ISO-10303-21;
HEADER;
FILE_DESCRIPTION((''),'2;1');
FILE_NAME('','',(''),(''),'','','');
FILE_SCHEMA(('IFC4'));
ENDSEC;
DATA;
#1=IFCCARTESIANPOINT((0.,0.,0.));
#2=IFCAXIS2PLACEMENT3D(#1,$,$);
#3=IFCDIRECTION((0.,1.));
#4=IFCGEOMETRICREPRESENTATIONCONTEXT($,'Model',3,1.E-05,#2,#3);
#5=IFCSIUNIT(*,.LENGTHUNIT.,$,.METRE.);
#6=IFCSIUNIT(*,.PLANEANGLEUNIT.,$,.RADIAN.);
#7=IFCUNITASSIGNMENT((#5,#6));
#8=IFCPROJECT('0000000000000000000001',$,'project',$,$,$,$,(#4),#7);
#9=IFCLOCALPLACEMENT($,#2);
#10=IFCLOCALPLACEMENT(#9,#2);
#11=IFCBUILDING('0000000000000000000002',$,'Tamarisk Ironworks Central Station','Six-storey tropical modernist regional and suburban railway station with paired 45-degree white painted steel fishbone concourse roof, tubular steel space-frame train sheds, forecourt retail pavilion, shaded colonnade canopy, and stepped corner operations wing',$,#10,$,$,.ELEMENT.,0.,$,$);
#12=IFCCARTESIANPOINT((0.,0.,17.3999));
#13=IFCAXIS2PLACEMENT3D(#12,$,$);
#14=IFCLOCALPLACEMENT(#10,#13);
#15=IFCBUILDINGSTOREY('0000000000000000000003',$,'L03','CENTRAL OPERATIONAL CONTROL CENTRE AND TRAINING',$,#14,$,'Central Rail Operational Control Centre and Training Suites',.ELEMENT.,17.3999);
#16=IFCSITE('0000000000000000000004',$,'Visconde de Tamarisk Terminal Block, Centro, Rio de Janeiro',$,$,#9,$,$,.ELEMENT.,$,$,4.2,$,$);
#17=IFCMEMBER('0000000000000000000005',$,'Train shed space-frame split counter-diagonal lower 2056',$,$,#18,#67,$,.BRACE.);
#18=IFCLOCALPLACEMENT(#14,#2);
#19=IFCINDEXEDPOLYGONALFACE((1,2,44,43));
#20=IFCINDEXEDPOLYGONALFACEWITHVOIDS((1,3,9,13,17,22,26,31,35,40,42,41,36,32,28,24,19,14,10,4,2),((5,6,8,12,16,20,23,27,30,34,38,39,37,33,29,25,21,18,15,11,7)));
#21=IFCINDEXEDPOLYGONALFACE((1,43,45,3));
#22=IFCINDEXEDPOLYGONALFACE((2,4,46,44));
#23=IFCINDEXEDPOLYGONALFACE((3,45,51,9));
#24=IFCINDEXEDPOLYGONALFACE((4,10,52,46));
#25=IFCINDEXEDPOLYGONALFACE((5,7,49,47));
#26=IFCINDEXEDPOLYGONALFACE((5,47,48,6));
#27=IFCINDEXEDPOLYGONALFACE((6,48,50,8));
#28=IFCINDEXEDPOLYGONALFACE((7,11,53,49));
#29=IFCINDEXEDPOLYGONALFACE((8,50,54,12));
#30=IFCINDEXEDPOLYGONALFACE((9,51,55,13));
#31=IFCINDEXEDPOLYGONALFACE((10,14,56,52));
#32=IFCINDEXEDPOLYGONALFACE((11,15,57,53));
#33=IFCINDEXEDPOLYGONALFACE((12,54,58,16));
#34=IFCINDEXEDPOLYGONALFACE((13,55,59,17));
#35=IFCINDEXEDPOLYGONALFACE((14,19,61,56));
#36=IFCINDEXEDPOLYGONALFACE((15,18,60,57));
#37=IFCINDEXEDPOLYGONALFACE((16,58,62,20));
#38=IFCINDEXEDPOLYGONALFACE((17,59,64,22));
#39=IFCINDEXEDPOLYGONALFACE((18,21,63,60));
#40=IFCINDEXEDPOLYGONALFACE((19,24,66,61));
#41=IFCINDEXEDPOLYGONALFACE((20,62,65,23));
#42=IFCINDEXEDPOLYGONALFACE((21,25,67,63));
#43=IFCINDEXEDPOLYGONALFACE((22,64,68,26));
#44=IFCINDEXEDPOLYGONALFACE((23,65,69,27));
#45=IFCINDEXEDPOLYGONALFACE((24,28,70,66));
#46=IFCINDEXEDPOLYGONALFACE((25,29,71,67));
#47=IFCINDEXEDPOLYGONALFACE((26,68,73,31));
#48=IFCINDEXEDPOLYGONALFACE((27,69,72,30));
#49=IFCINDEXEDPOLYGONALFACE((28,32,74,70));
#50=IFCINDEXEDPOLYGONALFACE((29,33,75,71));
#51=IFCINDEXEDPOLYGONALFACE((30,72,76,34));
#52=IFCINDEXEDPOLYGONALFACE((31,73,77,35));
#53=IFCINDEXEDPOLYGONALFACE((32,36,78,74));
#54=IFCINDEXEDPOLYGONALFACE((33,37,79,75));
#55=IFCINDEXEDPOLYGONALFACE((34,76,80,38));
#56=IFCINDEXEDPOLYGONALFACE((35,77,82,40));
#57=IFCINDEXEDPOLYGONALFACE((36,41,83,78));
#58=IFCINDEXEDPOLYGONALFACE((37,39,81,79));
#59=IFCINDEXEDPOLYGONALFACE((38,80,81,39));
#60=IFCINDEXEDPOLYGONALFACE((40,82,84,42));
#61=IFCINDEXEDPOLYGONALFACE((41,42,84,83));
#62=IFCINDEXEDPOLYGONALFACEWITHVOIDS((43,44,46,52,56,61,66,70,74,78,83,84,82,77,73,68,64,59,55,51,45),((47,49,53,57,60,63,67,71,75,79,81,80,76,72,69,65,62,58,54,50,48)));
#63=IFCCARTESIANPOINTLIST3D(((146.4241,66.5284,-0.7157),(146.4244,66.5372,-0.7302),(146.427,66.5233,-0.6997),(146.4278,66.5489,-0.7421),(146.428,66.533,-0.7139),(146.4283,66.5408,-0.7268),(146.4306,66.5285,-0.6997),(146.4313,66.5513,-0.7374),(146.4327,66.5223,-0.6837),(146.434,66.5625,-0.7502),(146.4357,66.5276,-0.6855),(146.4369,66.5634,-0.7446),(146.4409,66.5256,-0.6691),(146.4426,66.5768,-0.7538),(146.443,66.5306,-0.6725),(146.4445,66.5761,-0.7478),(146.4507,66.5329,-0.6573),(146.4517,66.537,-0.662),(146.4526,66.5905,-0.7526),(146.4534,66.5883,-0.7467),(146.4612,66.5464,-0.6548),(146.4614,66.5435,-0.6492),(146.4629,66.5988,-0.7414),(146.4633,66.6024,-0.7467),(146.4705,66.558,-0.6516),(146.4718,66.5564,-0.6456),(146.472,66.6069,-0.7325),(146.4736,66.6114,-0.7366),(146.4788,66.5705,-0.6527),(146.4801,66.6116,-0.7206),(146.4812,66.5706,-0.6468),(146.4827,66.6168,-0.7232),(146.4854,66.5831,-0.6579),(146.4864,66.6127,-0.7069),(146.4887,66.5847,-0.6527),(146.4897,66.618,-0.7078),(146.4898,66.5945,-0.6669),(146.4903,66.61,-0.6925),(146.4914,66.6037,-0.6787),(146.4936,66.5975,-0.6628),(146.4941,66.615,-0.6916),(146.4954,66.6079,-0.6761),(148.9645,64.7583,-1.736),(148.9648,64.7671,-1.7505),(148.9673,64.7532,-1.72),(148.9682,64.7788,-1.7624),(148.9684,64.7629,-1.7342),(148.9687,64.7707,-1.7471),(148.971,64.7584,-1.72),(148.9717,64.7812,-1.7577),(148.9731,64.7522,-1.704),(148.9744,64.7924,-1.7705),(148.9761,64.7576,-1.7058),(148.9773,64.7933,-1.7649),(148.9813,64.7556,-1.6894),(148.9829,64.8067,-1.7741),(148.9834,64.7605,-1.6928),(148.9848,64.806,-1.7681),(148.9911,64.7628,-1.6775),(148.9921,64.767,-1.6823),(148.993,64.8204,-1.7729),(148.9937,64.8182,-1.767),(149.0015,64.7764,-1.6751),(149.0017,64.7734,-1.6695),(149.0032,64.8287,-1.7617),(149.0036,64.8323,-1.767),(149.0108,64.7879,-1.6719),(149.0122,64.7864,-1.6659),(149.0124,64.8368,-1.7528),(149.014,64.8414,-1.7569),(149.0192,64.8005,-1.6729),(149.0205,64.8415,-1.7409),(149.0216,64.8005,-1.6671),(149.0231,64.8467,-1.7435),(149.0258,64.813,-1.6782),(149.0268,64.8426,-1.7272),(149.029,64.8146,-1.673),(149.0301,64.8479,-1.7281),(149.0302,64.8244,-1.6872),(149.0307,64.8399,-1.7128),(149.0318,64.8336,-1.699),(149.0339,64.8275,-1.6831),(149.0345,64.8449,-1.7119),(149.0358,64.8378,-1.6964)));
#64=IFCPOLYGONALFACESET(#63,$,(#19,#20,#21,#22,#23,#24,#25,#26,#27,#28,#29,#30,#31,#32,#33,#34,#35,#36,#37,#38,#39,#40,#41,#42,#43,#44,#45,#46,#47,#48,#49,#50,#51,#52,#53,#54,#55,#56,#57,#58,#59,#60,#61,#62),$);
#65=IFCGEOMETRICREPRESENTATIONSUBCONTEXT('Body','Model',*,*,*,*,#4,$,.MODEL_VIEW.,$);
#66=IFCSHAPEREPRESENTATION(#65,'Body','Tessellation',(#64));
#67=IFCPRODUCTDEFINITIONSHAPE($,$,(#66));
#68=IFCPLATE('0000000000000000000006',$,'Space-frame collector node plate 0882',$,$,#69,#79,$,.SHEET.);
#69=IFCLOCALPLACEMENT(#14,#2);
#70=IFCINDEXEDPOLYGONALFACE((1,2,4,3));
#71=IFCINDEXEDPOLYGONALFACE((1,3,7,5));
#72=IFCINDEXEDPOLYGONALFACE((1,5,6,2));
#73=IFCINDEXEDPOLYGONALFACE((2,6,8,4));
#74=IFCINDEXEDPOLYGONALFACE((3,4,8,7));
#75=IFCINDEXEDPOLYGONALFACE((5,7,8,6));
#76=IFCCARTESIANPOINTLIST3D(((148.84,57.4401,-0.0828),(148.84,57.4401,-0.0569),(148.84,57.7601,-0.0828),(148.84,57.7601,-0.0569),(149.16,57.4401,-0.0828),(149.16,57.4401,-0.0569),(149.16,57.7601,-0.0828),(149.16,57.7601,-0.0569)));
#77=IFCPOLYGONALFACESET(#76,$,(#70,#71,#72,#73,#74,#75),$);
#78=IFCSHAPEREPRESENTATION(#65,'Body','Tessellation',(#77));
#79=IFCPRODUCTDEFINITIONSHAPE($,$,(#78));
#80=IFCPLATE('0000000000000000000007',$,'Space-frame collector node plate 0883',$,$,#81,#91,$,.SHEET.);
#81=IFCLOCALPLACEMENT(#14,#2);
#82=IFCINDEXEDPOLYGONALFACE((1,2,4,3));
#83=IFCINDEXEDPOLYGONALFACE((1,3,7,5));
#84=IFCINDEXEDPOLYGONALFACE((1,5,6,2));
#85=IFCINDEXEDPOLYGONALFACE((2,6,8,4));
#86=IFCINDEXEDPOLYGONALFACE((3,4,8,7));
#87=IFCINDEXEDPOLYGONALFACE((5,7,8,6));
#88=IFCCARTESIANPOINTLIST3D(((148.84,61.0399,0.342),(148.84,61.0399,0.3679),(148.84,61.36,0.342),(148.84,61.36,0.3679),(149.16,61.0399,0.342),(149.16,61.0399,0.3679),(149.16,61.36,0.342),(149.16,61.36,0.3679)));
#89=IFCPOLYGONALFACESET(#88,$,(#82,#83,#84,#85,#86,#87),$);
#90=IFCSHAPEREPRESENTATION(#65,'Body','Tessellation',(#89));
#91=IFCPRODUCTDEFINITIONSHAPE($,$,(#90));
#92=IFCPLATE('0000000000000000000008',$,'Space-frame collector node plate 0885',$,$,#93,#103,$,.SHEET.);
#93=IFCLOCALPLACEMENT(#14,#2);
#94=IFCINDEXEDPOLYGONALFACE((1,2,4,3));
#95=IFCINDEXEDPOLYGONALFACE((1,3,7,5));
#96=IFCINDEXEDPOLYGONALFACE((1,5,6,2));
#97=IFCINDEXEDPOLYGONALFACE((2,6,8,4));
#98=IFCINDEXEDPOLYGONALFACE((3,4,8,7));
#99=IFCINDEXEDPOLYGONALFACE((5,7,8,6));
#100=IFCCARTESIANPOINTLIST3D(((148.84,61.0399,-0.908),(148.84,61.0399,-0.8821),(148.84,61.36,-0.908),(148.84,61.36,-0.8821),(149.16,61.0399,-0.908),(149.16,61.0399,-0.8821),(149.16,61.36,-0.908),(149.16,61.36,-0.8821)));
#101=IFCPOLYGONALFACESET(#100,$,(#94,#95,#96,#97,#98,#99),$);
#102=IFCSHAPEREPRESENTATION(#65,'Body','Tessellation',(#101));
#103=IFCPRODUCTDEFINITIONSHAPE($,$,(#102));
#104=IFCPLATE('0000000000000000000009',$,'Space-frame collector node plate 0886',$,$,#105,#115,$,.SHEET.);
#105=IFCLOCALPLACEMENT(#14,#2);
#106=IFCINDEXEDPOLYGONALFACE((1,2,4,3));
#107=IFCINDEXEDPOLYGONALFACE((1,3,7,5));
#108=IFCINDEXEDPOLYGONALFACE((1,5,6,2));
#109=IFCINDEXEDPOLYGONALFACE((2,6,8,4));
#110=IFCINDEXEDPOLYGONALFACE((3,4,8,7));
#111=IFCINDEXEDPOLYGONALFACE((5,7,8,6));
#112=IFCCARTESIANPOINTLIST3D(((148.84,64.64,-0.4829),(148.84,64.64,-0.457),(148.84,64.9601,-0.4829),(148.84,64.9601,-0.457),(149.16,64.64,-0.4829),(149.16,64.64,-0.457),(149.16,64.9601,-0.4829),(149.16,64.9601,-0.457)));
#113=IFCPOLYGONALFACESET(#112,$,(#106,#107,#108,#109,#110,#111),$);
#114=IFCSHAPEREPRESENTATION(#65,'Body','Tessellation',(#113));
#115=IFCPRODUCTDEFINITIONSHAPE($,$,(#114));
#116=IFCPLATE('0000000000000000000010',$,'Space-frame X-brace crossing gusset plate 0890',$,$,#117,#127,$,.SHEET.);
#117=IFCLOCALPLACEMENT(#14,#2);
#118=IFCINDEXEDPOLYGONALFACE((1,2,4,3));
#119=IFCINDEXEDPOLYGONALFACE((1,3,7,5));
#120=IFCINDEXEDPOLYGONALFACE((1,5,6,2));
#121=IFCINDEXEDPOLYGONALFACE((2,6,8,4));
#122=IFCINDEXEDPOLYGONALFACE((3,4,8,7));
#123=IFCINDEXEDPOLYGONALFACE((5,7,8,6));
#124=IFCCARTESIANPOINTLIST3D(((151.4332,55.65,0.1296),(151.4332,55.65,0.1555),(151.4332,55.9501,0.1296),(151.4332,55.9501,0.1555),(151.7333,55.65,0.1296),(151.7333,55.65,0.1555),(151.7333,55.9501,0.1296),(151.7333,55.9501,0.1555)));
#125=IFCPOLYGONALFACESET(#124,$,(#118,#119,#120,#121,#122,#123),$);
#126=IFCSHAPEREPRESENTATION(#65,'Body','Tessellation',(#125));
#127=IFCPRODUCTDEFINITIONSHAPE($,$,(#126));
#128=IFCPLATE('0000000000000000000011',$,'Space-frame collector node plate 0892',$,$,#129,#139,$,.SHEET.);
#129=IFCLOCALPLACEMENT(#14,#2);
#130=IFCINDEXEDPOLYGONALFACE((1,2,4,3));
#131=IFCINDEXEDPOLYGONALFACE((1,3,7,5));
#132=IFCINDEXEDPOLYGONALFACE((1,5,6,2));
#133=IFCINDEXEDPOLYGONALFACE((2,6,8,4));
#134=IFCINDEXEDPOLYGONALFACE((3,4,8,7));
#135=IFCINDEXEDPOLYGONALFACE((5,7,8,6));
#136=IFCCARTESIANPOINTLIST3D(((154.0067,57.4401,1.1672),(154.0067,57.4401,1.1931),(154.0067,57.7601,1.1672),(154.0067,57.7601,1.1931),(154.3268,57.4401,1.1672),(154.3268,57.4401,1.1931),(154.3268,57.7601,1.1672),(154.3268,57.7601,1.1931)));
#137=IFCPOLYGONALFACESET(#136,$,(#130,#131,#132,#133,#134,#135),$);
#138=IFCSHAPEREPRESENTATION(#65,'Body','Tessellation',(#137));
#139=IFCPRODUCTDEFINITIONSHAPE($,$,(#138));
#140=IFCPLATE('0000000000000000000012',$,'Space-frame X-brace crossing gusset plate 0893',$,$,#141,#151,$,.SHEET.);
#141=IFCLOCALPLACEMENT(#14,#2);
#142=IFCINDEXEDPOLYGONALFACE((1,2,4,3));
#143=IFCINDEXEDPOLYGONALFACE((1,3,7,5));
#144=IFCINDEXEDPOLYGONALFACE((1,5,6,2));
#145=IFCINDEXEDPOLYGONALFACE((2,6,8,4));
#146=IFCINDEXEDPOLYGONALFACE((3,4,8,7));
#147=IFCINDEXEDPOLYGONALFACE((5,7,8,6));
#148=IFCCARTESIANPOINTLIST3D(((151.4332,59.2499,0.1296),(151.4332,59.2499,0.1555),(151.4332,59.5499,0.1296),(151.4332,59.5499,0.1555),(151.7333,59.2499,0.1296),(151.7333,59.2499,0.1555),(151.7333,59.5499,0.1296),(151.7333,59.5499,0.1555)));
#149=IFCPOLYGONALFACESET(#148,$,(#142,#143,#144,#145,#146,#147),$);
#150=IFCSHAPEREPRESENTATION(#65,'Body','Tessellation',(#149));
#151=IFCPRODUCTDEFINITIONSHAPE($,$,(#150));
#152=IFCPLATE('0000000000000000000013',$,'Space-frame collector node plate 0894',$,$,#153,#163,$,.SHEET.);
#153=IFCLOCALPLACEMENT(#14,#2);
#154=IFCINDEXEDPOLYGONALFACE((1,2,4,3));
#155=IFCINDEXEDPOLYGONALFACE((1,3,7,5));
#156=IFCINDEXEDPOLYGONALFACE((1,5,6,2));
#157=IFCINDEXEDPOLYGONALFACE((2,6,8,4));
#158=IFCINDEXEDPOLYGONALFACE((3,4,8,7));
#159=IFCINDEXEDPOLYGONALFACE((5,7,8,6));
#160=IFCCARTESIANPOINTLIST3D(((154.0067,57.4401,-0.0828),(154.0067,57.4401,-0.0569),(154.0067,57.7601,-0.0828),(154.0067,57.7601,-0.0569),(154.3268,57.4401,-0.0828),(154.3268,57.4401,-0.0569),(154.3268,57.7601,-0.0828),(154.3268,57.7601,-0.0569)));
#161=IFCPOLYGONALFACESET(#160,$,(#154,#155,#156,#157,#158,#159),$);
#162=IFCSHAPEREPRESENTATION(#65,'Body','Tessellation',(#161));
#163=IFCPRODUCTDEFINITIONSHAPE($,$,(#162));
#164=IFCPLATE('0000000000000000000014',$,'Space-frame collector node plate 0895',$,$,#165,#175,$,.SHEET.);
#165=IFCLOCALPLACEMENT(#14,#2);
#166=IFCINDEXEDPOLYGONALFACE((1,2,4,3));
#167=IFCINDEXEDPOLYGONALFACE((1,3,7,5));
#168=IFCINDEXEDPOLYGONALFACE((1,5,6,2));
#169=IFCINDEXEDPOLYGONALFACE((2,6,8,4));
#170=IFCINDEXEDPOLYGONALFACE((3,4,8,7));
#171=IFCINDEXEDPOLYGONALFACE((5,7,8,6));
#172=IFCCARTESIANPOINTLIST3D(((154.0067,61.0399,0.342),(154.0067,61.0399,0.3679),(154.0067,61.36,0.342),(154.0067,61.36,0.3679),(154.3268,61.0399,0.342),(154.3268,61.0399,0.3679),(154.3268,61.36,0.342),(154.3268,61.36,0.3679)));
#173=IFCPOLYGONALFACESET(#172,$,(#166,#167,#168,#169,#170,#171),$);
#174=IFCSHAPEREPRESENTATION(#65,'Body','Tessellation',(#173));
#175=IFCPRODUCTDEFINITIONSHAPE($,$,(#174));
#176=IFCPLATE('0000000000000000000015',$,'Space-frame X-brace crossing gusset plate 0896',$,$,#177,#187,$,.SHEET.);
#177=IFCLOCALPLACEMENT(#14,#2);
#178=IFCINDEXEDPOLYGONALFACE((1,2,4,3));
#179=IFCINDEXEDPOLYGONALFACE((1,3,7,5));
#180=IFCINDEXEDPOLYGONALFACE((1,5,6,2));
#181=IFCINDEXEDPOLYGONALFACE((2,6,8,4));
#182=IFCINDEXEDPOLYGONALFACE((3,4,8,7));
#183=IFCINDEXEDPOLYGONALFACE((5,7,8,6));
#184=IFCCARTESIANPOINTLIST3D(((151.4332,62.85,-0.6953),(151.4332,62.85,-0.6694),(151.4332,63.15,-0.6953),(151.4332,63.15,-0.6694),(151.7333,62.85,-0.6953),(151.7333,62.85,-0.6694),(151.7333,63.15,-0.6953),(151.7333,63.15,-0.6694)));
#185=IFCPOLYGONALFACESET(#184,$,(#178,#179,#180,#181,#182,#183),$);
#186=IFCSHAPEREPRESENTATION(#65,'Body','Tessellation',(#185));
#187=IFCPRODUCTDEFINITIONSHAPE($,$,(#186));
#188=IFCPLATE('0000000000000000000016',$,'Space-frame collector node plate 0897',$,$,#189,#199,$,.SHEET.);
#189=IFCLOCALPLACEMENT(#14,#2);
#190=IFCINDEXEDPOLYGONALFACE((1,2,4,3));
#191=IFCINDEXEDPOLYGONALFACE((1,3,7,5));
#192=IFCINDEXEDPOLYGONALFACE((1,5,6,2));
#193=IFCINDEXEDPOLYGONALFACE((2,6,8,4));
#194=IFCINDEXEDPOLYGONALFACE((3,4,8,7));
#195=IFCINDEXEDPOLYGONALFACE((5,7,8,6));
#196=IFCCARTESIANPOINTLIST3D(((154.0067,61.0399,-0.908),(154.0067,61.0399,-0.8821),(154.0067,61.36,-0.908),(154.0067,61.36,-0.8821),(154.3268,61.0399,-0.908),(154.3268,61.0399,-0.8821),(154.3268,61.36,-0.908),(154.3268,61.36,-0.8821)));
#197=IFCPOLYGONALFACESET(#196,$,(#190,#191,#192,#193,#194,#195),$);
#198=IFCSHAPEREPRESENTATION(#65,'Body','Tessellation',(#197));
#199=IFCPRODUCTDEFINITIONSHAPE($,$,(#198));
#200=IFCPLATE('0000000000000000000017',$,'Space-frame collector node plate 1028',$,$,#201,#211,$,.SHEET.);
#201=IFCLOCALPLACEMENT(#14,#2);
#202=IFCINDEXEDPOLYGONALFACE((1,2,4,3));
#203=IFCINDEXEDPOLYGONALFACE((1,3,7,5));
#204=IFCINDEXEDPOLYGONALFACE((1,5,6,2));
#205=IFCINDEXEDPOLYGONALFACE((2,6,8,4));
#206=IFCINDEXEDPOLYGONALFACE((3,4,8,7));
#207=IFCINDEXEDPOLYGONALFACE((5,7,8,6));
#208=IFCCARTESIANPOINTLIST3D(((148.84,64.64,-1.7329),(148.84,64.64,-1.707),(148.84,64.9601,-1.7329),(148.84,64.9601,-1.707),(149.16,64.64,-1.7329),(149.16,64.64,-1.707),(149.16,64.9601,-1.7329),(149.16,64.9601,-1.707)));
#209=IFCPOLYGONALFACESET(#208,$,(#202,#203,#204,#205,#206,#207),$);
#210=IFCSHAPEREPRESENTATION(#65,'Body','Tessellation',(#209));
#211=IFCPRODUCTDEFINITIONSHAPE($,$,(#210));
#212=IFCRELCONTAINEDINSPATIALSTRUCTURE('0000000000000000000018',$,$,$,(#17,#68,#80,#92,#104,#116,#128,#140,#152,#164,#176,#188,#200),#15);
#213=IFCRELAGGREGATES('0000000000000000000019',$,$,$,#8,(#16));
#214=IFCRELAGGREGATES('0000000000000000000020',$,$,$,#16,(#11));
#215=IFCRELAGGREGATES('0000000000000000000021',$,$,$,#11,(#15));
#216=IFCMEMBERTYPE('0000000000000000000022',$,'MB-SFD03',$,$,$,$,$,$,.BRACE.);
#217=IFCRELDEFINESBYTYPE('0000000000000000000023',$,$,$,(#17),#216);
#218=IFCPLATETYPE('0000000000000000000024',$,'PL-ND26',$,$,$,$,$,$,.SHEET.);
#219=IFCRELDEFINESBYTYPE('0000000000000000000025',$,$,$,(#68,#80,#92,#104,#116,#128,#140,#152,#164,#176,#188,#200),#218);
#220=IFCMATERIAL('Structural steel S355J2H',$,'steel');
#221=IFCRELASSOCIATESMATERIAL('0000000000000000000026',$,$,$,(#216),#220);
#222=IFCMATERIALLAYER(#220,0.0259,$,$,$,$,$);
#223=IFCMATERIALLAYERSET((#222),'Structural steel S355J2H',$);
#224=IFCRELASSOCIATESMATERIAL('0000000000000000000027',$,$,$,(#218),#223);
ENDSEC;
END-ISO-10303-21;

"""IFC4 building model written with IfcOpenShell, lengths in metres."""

from ifc_helpers import new_model, si_unit, direction, frame, origin, origin_2d, place, context, subcontext, project, spatial, rectangle, hollow_circle, extrude, material, layer, layer_set, material_profile, profile_set, type_object, element, save


model = new_model("IFC4")

# Units and contexts
model_context = context("Model", 3, precision=1e-05, world=origin(), true_north=direction((0.0, 1.0)))
body_context = subcontext(model_context, "Body", "Model", "MODEL_VIEW")
ifc_project = project(units=[si_unit("LENGTHUNIT", "METRE"), si_unit("PLANEANGLEUNIT", "RADIAN")], contexts=[model_context])

# Site, building, storey
site_placement = place(None, origin())
site = spatial("IfcSite", under=ifc_project, at=site_placement, Name="Visconde de Tamarisk Terminal Block, Centro, Rio de Janeiro", CompositionType="ELEMENT", RefElevation=4.2)
building_placement = place(site_placement, origin())
building = spatial("IfcBuilding", under=site, at=building_placement, Name="Tamarisk Ironworks Central Station", Description="Six-storey tropical modernist regional and suburban railway station with paired 45-degree white painted steel fishbone concourse roof, tubular steel space-frame train sheds, forecourt retail pavilion, shaded colonnade canopy, and stepped corner operations wing", CompositionType="ELEMENT", ElevationOfRefHeight=0.0)
storey_placement = place(building_placement, frame((0.0, 0.0, 17.3999)))
storey = spatial("IfcBuildingStorey", under=building, at=storey_placement, Name="L03", Description="CENTRAL OPERATIONAL CONTROL CENTRE AND TRAINING", LongName="Central Rail Operational Control Centre and Training Suites", CompositionType="ELEMENT", Elevation=17.3999)

# Member
ifc_material = material(Name="Structural steel S355J2H", Category="steel")
ifc_material_profile_1 = material_profile(ifc_material, hollow_circle(Radius=0.0571, WallThickness=0.0063, at=origin_2d()), Name="CHS 114.3x6.3")
ifc_profile_set_1 = profile_set([ifc_material_profile_1], Name="Structural steel S355J2H")
member_type_1 = type_object("IfcMemberType", Name="MB-SFD03", PredefinedType="BRACE", material=ifc_profile_set_1)
member_1_placement = place(storey_placement, frame((149.0, 64.8, -1.72), z_axis=(-0.779252, 0.542967, 0.312974), x_axis=(-0.571688, -0.820471, 0.0)))
element("IfcMember", 1, at=member_1_placement, inside=storey, type_object=member_type_1, Name="Train shed space-frame split counter-diagonal lower 2056", PredefinedType="BRACE", context=body_context, shape_type="SweptSolid", body=[
    extrude(hollow_circle(Radius=0.0571, WallThickness=0.0063, at=origin_2d()), origin(), (0.0, 0.0, 1.0), 3.26),
])

# Plates
ifc_layer = layer(ifc_material, 0.0259)
ifc_layer_set = layer_set([ifc_layer], Name="Structural steel S355J2H")
plate_type = type_object("IfcPlateType", Name="PL-ND26", PredefinedType="SHEET", material=ifc_layer_set)
for number, where, z_axis, x_axis, name in (
    (2, (149.0, 57.6001, -0.0828), (0.0, 0.0, 1.0), (1.0, 0.0, 0.0), "Space-frame collector node plate 0882"),
    (3, (149.0, 61.2, 0.342), (0.0, 0.0, 1.0), (1.0, 0.0, 0.0), "Space-frame collector node plate 0883"),
    (4, (149.0, 61.2, -0.908), (0.0, 0.0, 1.0), (1.0, 0.0, 0.0), "Space-frame collector node plate 0885"),
    (5, (149.0, 64.8, -0.4829), (0.0, 0.0, 1.0), (1.0, 0.0, 0.0), "Space-frame collector node plate 0886"),
):
    element("IfcPlate", number, at=place(storey_placement, frame(where, z_axis=z_axis, x_axis=x_axis)), inside=storey, type_object=plate_type, Name=name, PredefinedType="SHEET", context=body_context, shape_type="SweptSolid", body=[
        extrude(rectangle(XDim=0.3201, YDim=0.3201, at=origin_2d()), origin(), (0.0, 0.0, 1.0), 0.0259),
    ])
plate_1_placement = place(storey_placement, frame((151.5833, 55.8, 0.1296), z_axis=(0.0, 0.0, 1.0), x_axis=(1.0, 0.0, 0.0)))
element("IfcPlate", 6, at=plate_1_placement, inside=storey, type_object=plate_type, Name="Space-frame X-brace crossing gusset plate 0890", PredefinedType="SHEET", context=body_context, shape_type="SweptSolid", body=[
    extrude(rectangle(XDim=0.3, YDim=0.3, at=origin_2d()), origin(), (0.0, 0.0, 1.0), 0.0259),
])
plate_2_placement = place(storey_placement, frame((154.1667, 57.6001, 1.1672), z_axis=(0.0, 0.0, 1.0), x_axis=(1.0, 0.0, 0.0)))
element("IfcPlate", 7, at=plate_2_placement, inside=storey, type_object=plate_type, Name="Space-frame collector node plate 0892", PredefinedType="SHEET", context=body_context, shape_type="SweptSolid", body=[
    extrude(rectangle(XDim=0.3201, YDim=0.3201, at=origin_2d()), origin(), (0.0, 0.0, 1.0), 0.0259),
])
plate_3_placement = place(storey_placement, frame((151.5833, 59.3999, 0.1296), z_axis=(0.0, 0.0, 1.0), x_axis=(1.0, 0.0, 0.0)))
element("IfcPlate", 8, at=plate_3_placement, inside=storey, type_object=plate_type, Name="Space-frame X-brace crossing gusset plate 0893", PredefinedType="SHEET", context=body_context, shape_type="SweptSolid", body=[
    extrude(rectangle(XDim=0.3, YDim=0.3, at=origin_2d()), origin(), (0.0, 0.0, 1.0), 0.0259),
])
for number, where, z_axis, x_axis, name in (
    (9, (154.1667, 57.6001, -0.0828), (0.0, 0.0, 1.0), (1.0, 0.0, 0.0), "Space-frame collector node plate 0894"),
    (10, (154.1667, 61.2, 0.342), (0.0, 0.0, 1.0), (1.0, 0.0, 0.0), "Space-frame collector node plate 0895"),
):
    element("IfcPlate", number, at=place(storey_placement, frame(where, z_axis=z_axis, x_axis=x_axis)), inside=storey, type_object=plate_type, Name=name, PredefinedType="SHEET", context=body_context, shape_type="SweptSolid", body=[
        extrude(rectangle(XDim=0.3201, YDim=0.3201, at=origin_2d()), origin(), (0.0, 0.0, 1.0), 0.0259),
    ])
plate_4_placement = place(storey_placement, frame((151.5833, 63.0, -0.6953), z_axis=(0.0, 0.0, 1.0), x_axis=(1.0, 0.0, 0.0)))
element("IfcPlate", 11, at=plate_4_placement, inside=storey, type_object=plate_type, Name="Space-frame X-brace crossing gusset plate 0896", PredefinedType="SHEET", context=body_context, shape_type="SweptSolid", body=[
    extrude(rectangle(XDim=0.3, YDim=0.3, at=origin_2d()), origin(), (0.0, 0.0, 1.0), 0.0259),
])
for number, where, z_axis, x_axis, name in (
    (12, (154.1667, 61.2, -0.908), (0.0, 0.0, 1.0), (1.0, 0.0, 0.0), "Space-frame collector node plate 0897"),
    (13, (149.0, 64.8, -1.7329), (0.0, 0.0, 1.0), (1.0, 0.0, 0.0), "Space-frame collector node plate 1028"),
):
    element("IfcPlate", number, at=place(storey_placement, frame(where, z_axis=z_axis, x_axis=x_axis)), inside=storey, type_object=plate_type, Name=name, PredefinedType="SHEET", context=body_context, shape_type="SweptSolid", body=[
        extrude(rectangle(XDim=0.3201, YDim=0.3201, at=origin_2d()), origin(), (0.0, 0.0, 1.0), 0.0259),
    ])

save(model, "model.ifc")
